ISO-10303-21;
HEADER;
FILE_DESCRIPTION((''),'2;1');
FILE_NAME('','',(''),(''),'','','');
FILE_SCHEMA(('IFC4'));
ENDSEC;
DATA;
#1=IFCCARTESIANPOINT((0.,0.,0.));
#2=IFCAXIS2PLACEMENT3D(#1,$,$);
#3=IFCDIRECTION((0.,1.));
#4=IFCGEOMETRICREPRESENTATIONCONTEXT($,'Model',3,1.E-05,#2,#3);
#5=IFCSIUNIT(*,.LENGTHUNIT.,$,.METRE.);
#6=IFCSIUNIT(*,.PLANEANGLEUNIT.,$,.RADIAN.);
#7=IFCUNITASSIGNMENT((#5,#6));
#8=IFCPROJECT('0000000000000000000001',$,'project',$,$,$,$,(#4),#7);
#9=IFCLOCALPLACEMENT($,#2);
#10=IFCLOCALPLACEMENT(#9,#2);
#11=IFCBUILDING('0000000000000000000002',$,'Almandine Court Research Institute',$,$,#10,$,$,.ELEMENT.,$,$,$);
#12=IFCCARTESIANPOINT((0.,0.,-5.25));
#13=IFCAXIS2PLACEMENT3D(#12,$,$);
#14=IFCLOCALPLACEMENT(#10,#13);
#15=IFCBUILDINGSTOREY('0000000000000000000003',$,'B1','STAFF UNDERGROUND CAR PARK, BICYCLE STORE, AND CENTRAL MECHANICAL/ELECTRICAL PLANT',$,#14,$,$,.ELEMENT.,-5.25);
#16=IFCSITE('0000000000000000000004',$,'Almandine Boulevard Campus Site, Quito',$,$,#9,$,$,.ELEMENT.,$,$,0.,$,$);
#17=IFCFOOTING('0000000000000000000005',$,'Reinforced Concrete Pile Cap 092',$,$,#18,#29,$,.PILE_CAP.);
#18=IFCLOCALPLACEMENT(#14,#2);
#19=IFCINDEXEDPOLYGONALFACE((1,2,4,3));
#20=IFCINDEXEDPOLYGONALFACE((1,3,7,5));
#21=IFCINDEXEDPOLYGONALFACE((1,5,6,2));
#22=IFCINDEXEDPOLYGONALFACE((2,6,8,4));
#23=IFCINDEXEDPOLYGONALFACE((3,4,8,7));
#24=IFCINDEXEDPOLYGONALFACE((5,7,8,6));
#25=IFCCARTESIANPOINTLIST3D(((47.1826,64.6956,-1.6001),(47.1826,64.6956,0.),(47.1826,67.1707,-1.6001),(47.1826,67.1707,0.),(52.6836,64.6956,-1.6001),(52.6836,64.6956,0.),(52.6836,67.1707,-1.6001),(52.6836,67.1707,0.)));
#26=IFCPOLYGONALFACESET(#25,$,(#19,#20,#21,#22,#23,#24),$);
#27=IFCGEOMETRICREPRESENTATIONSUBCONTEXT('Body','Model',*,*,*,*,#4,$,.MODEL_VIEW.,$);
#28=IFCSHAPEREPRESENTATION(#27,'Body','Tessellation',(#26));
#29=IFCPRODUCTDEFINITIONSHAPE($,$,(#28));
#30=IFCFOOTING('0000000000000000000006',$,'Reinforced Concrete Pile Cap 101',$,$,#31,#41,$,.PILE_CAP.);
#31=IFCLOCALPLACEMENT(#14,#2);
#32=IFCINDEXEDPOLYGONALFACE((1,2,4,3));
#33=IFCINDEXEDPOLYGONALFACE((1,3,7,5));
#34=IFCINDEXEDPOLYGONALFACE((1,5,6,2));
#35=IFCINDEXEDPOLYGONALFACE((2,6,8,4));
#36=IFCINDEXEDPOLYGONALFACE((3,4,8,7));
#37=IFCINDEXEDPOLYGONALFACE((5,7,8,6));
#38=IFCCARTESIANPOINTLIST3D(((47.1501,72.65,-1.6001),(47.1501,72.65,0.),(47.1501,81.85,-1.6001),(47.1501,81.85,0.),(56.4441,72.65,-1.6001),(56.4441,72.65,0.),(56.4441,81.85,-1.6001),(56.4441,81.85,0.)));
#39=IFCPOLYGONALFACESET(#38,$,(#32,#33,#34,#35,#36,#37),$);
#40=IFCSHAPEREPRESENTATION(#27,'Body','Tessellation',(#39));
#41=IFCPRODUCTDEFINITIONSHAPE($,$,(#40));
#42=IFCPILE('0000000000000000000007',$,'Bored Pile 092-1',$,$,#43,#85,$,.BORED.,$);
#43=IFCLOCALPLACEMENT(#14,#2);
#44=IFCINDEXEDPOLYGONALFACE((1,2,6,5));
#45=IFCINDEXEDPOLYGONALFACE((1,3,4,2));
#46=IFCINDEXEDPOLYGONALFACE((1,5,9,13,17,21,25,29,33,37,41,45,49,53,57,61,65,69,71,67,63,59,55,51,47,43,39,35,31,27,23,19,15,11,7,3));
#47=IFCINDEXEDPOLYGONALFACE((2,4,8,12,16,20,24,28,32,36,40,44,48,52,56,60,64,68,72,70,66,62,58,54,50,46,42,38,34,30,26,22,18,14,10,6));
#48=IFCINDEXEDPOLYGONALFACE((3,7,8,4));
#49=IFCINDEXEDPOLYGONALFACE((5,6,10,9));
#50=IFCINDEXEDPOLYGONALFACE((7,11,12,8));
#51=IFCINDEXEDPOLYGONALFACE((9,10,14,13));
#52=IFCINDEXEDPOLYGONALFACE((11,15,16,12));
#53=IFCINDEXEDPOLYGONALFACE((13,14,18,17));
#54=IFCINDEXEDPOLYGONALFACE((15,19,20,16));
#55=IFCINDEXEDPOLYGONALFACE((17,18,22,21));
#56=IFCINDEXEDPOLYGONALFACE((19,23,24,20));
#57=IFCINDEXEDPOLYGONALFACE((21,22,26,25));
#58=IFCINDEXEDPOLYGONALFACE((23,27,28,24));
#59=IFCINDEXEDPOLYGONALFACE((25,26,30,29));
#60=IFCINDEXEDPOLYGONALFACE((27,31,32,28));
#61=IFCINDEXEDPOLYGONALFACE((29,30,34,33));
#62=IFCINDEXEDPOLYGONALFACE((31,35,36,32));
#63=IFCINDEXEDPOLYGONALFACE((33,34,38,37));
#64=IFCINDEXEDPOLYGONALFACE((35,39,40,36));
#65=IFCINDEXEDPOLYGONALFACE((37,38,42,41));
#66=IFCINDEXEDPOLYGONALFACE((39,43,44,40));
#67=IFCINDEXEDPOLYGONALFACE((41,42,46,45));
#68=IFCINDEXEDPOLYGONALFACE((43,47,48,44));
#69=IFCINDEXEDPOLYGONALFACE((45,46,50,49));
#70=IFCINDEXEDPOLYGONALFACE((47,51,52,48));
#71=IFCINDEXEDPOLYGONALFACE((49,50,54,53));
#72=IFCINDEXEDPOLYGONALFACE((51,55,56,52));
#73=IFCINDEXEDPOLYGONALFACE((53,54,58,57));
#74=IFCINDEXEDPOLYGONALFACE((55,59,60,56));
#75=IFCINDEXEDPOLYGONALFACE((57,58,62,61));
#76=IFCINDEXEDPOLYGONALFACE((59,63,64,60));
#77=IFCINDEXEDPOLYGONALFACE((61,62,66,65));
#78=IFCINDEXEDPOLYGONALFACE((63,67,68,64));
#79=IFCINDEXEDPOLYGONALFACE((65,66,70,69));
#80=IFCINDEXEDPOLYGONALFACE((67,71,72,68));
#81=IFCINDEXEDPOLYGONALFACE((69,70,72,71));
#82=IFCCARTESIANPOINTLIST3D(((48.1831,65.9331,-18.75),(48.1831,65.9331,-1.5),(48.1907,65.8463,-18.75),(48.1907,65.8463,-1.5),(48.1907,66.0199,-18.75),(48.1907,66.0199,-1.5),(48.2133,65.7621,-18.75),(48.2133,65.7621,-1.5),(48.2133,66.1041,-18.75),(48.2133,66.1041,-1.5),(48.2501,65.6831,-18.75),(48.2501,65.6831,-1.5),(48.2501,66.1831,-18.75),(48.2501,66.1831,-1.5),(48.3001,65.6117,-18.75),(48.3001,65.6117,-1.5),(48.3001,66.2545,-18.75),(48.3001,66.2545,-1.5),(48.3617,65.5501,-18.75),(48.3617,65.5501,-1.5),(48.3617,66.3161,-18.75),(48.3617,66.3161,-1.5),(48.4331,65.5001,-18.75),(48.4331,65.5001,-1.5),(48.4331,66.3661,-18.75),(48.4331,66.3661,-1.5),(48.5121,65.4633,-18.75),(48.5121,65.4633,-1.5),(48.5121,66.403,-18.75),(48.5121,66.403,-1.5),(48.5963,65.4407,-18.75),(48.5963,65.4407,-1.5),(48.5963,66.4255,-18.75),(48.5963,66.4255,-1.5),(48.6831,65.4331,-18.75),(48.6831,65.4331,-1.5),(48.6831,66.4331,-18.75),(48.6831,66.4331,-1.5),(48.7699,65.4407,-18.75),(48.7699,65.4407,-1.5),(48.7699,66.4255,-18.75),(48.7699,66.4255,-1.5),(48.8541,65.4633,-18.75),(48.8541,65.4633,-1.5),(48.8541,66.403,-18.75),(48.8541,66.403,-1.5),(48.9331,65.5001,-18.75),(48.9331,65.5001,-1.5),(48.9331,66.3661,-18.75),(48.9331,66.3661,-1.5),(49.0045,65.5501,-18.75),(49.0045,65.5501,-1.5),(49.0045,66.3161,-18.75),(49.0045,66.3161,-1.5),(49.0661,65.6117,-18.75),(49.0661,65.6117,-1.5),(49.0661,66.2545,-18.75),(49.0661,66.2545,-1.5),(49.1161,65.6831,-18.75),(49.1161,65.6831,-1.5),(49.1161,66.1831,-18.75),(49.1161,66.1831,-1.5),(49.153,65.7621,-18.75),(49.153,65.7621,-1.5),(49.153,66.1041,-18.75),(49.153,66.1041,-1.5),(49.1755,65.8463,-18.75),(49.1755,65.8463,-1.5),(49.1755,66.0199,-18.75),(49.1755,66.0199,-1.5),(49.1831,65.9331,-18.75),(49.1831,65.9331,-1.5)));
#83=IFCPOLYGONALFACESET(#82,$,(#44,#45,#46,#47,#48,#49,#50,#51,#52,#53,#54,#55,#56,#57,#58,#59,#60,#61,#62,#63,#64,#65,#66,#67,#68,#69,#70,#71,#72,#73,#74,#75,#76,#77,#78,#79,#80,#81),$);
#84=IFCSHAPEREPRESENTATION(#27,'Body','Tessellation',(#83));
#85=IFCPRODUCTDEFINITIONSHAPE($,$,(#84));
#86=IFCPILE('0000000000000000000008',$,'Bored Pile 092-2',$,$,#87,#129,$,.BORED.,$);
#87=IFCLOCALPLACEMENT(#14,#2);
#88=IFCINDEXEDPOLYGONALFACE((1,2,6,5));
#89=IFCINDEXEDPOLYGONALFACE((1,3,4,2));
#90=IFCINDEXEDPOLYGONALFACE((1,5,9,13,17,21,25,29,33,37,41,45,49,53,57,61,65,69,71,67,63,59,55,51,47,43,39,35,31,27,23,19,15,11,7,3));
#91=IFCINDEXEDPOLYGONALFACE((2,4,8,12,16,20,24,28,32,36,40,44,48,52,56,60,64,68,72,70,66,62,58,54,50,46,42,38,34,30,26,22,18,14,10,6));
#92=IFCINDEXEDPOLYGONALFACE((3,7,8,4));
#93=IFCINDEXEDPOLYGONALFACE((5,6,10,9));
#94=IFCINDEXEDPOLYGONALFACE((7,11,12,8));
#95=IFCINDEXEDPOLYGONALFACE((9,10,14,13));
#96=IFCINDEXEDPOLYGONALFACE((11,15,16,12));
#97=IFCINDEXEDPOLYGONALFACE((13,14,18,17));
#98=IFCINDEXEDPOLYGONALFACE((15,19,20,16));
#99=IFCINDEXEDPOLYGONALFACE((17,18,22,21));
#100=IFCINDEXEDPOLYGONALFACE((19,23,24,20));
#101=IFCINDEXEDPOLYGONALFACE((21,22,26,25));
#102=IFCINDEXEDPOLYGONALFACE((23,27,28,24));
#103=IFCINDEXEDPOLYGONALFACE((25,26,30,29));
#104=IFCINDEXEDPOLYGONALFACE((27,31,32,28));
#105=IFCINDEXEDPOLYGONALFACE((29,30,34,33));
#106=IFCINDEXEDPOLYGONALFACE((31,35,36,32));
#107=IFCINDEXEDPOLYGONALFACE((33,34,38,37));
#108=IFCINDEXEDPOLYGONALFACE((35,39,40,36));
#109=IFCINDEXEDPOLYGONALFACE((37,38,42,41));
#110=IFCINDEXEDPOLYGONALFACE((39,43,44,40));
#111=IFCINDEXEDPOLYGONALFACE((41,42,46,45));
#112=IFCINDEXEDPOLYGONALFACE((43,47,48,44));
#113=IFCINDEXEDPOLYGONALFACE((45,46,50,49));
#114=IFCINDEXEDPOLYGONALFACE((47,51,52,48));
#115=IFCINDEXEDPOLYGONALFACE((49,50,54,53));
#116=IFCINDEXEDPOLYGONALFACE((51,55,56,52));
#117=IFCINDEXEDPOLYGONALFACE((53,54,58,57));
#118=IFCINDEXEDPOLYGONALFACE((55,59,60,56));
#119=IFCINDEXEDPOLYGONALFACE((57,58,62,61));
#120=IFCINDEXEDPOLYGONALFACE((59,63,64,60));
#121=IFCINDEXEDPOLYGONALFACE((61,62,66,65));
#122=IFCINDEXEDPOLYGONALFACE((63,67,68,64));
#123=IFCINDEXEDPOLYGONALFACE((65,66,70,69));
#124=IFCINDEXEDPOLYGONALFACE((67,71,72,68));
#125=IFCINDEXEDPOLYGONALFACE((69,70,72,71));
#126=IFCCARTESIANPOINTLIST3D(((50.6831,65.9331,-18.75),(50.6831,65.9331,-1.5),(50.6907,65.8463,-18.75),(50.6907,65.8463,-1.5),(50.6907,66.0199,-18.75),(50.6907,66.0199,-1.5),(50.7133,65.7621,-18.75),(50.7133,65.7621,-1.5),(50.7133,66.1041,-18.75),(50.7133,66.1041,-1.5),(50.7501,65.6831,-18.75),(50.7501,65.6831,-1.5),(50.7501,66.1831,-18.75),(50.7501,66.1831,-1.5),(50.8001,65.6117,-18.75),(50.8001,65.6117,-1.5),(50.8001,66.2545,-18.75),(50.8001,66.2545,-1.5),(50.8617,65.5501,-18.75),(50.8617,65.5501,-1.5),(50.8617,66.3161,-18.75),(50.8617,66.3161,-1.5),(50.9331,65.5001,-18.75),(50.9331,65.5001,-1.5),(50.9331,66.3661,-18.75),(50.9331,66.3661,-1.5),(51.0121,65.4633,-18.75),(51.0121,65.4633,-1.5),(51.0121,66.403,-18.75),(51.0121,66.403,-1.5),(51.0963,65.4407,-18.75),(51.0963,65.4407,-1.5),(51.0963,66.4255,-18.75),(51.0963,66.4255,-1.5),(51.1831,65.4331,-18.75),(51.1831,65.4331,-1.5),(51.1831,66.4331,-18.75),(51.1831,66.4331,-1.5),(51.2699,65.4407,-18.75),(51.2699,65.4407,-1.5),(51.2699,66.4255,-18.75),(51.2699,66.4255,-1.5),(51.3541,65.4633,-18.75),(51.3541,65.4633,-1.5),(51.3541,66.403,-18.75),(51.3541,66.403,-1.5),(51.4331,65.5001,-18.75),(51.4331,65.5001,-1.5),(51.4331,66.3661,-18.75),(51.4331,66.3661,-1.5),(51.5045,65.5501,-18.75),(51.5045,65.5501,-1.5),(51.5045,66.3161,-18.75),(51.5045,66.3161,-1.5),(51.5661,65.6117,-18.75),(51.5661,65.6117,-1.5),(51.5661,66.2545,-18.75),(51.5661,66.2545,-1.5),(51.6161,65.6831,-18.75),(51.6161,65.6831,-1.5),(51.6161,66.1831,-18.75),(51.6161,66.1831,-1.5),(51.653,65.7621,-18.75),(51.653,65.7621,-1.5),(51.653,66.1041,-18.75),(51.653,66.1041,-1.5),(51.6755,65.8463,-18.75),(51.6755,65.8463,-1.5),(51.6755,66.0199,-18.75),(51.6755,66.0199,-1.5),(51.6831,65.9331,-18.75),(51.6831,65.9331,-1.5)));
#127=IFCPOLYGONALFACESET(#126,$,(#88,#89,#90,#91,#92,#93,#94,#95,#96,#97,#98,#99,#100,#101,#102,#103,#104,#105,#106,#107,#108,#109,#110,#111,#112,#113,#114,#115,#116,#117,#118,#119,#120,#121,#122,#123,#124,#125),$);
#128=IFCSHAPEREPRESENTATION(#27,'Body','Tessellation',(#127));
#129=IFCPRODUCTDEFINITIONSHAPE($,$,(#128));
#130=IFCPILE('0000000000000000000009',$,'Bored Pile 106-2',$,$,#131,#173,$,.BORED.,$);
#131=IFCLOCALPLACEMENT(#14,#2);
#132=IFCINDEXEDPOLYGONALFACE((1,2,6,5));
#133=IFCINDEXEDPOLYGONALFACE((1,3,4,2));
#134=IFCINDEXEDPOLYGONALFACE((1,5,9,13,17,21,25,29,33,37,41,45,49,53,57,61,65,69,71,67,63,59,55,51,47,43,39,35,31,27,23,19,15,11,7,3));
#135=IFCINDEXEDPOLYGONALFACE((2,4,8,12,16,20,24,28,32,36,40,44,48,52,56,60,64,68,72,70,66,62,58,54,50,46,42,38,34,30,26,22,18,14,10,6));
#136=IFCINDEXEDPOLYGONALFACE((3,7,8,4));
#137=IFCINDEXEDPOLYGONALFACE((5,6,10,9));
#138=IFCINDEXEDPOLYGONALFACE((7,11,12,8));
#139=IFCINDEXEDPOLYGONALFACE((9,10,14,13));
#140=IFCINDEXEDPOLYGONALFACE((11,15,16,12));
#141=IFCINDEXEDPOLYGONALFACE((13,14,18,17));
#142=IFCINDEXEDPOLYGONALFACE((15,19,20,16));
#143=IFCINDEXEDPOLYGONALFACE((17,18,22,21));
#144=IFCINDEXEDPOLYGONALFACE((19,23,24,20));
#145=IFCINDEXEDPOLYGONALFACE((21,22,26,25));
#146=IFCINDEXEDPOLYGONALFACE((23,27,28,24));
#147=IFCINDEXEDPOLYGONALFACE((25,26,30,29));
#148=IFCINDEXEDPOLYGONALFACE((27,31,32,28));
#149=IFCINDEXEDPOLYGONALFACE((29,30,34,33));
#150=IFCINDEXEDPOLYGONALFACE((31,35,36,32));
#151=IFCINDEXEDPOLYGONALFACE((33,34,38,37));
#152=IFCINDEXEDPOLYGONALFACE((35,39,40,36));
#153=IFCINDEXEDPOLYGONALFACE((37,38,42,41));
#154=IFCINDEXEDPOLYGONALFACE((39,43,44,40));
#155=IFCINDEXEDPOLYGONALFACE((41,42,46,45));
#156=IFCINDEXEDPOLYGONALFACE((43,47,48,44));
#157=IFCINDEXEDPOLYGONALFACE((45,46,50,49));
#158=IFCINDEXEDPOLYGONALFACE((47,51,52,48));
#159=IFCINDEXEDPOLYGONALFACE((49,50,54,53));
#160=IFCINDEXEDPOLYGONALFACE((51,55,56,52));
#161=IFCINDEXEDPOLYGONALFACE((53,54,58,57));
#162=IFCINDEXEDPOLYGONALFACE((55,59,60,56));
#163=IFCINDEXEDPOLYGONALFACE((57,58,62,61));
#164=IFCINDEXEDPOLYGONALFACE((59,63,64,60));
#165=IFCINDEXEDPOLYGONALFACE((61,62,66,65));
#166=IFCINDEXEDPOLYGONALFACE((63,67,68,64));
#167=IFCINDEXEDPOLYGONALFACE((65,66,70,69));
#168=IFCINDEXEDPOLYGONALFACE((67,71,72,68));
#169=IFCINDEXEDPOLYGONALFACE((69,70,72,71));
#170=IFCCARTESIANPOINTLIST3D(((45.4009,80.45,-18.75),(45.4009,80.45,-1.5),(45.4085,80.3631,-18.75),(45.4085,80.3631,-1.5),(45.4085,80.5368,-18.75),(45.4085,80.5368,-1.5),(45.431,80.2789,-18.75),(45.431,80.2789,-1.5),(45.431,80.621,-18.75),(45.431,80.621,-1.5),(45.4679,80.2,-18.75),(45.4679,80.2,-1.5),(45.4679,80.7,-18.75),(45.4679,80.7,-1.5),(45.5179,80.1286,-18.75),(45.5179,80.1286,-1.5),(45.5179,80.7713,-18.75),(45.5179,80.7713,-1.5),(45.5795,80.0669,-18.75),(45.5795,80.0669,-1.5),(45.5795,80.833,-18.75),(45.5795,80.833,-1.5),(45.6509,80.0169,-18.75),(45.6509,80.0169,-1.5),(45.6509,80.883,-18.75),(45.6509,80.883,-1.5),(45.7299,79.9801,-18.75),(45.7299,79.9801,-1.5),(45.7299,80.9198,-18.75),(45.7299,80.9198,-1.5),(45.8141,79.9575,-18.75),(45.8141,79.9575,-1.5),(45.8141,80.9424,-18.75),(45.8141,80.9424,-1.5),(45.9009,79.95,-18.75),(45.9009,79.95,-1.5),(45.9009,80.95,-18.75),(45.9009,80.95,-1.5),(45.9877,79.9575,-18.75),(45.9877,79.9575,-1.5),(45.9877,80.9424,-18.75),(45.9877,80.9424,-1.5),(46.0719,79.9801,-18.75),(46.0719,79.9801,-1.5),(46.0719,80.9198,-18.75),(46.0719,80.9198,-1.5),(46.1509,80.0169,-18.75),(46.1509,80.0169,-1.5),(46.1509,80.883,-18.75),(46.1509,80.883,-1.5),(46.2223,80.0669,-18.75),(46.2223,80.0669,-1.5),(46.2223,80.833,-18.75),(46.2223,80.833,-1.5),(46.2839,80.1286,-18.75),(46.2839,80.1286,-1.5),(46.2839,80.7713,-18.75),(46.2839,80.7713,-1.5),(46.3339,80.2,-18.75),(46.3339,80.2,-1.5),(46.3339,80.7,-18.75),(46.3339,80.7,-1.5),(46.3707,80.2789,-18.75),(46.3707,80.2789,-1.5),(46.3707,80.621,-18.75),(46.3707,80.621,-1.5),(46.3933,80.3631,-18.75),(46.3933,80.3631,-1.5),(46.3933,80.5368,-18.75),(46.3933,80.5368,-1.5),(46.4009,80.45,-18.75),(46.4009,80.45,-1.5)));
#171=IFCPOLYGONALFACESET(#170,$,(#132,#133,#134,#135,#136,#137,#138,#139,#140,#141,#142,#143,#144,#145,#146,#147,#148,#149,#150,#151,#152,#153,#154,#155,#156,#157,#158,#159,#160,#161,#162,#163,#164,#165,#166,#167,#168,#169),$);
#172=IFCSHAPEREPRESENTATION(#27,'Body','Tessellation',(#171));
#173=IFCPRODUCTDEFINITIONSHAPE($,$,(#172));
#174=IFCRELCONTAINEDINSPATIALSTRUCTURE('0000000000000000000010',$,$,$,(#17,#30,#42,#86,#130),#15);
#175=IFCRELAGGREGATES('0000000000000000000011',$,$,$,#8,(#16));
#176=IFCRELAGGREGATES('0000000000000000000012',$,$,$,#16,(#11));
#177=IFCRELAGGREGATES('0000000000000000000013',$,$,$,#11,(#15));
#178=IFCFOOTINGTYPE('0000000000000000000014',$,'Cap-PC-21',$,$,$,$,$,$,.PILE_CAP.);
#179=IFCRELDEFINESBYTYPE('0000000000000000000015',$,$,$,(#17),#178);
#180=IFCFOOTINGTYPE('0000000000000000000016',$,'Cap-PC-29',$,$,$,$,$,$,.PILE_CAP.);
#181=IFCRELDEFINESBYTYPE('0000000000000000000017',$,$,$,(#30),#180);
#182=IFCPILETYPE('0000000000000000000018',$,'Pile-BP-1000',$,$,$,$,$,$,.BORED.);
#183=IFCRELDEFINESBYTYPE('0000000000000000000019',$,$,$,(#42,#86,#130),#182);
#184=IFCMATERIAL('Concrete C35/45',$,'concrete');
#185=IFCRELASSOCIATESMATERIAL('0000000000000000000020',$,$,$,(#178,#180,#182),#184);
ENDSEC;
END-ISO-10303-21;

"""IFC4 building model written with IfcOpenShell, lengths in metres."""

from ifc_helpers import new_model, si_unit, direction, frame, origin, origin_2d, place, context, subcontext, project, spatial, rectangle, circle, extrude, material, material_profile, profile_set, type_object, element, save


model = new_model("IFC4")

# Units and contexts
model_context = context("Model", 3, precision=1e-05, world=origin(), true_north=direction((0.0, 1.0)))
body_context = subcontext(model_context, "Body", "Model", "MODEL_VIEW")
ifc_project = project(units=[si_unit("LENGTHUNIT", "METRE"), si_unit("PLANEANGLEUNIT", "RADIAN")], contexts=[model_context])

# Site, building, storey
site_placement = place(None, origin())
site = spatial("IfcSite", under=ifc_project, at=site_placement, Name="Almandine Boulevard Campus Site, Quito", CompositionType="ELEMENT", RefElevation=0.0)
building_placement = place(site_placement, origin())
building = spatial("IfcBuilding", under=site, at=building_placement, Name="Almandine Court Research Institute", CompositionType="ELEMENT")
storey_placement = place(building_placement, frame((0.0, 0.0, -5.25)))
storey = spatial("IfcBuildingStorey", under=building, at=storey_placement, Name="B1", Description="STAFF UNDERGROUND CAR PARK, BICYCLE STORE, AND CENTRAL MECHANICAL/ELECTRICAL PLANT", CompositionType="ELEMENT", Elevation=-5.25)

# Footings
ifc_material_1 = material(Name="Concrete C35/45", Category="concrete")
footing_type_1 = type_object("IfcFootingType", Name="Cap-PC-21", PredefinedType="PILE_CAP", material=ifc_material_1)
footing_1_placement = place(storey_placement, frame((49.9331, 65.9331, -1.6001), z_axis=(0.0, 0.0, 1.0), x_axis=(1.0, 0.0, 0.0)))
element("IfcFooting", 1, at=footing_1_placement, inside=storey, type_object=footing_type_1, Name="Reinforced Concrete Pile Cap 092", PredefinedType="PILE_CAP", context=body_context, shape_type="SweptSolid", body=[
    extrude(rectangle(XDim=5.501, YDim=2.4751, at=origin_2d()), origin(), (0.0, 0.0, 1.0), 1.6001),
])
footing_type_2 = type_object("IfcFootingType", Name="Cap-PC-29", PredefinedType="PILE_CAP", material=ifc_material_1)
footing_2_placement = place(storey_placement, frame((51.7971, 77.25, -1.6001), z_axis=(0.0, 0.0, 1.0), x_axis=(1.0, 0.0, 0.0)))
element("IfcFooting", 2, at=footing_2_placement, inside=storey, type_object=footing_type_2, Name="Reinforced Concrete Pile Cap 101", PredefinedType="PILE_CAP", context=body_context, shape_type="SweptSolid", body=[
    extrude(rectangle(XDim=9.2939, YDim=9.2, at=origin_2d()), origin(), (0.0, 0.0, 1.0), 1.6001),
])

# Piles
ifc_material_profile_1 = material_profile(ifc_material_1, circle(Radius=0.5, at=origin_2d()), Name="BORED PILE D1000")
ifc_profile_set_1 = profile_set([ifc_material_profile_1], Name="Concrete C35/45")
pile_type_1 = type_object("IfcPileType", Name="Pile-BP-1000", PredefinedType="BORED", material=ifc_profile_set_1)
for number, where, z_axis, x_axis, name in (
    (3, (48.6831, 65.9331, -1.5), (0.0, 0.0, -1.0), (1.0, 0.0, 0.0), "Bored Pile 092-1"),
    (4, (51.1831, 65.9331, -1.5), (0.0, 0.0, -1.0), (1.0, 0.0, 0.0), "Bored Pile 092-2"),
    (5, (45.9009, 80.45, -1.5), (0.0, 0.0, -1.0), (1.0, 0.0, 0.0), "Bored Pile 106-2"),
):
    element("IfcPile", number, at=place(storey_placement, frame(where, z_axis=z_axis, x_axis=x_axis)), inside=storey, type_object=pile_type_1, Name=name, PredefinedType="BORED", context=body_context, shape_type="SweptSolid", body=[
        extrude(circle(Radius=0.5, at=origin_2d()), origin(), (0.0, 0.0, 1.0), 17.25),
    ])

save(model, "model.ifc")
